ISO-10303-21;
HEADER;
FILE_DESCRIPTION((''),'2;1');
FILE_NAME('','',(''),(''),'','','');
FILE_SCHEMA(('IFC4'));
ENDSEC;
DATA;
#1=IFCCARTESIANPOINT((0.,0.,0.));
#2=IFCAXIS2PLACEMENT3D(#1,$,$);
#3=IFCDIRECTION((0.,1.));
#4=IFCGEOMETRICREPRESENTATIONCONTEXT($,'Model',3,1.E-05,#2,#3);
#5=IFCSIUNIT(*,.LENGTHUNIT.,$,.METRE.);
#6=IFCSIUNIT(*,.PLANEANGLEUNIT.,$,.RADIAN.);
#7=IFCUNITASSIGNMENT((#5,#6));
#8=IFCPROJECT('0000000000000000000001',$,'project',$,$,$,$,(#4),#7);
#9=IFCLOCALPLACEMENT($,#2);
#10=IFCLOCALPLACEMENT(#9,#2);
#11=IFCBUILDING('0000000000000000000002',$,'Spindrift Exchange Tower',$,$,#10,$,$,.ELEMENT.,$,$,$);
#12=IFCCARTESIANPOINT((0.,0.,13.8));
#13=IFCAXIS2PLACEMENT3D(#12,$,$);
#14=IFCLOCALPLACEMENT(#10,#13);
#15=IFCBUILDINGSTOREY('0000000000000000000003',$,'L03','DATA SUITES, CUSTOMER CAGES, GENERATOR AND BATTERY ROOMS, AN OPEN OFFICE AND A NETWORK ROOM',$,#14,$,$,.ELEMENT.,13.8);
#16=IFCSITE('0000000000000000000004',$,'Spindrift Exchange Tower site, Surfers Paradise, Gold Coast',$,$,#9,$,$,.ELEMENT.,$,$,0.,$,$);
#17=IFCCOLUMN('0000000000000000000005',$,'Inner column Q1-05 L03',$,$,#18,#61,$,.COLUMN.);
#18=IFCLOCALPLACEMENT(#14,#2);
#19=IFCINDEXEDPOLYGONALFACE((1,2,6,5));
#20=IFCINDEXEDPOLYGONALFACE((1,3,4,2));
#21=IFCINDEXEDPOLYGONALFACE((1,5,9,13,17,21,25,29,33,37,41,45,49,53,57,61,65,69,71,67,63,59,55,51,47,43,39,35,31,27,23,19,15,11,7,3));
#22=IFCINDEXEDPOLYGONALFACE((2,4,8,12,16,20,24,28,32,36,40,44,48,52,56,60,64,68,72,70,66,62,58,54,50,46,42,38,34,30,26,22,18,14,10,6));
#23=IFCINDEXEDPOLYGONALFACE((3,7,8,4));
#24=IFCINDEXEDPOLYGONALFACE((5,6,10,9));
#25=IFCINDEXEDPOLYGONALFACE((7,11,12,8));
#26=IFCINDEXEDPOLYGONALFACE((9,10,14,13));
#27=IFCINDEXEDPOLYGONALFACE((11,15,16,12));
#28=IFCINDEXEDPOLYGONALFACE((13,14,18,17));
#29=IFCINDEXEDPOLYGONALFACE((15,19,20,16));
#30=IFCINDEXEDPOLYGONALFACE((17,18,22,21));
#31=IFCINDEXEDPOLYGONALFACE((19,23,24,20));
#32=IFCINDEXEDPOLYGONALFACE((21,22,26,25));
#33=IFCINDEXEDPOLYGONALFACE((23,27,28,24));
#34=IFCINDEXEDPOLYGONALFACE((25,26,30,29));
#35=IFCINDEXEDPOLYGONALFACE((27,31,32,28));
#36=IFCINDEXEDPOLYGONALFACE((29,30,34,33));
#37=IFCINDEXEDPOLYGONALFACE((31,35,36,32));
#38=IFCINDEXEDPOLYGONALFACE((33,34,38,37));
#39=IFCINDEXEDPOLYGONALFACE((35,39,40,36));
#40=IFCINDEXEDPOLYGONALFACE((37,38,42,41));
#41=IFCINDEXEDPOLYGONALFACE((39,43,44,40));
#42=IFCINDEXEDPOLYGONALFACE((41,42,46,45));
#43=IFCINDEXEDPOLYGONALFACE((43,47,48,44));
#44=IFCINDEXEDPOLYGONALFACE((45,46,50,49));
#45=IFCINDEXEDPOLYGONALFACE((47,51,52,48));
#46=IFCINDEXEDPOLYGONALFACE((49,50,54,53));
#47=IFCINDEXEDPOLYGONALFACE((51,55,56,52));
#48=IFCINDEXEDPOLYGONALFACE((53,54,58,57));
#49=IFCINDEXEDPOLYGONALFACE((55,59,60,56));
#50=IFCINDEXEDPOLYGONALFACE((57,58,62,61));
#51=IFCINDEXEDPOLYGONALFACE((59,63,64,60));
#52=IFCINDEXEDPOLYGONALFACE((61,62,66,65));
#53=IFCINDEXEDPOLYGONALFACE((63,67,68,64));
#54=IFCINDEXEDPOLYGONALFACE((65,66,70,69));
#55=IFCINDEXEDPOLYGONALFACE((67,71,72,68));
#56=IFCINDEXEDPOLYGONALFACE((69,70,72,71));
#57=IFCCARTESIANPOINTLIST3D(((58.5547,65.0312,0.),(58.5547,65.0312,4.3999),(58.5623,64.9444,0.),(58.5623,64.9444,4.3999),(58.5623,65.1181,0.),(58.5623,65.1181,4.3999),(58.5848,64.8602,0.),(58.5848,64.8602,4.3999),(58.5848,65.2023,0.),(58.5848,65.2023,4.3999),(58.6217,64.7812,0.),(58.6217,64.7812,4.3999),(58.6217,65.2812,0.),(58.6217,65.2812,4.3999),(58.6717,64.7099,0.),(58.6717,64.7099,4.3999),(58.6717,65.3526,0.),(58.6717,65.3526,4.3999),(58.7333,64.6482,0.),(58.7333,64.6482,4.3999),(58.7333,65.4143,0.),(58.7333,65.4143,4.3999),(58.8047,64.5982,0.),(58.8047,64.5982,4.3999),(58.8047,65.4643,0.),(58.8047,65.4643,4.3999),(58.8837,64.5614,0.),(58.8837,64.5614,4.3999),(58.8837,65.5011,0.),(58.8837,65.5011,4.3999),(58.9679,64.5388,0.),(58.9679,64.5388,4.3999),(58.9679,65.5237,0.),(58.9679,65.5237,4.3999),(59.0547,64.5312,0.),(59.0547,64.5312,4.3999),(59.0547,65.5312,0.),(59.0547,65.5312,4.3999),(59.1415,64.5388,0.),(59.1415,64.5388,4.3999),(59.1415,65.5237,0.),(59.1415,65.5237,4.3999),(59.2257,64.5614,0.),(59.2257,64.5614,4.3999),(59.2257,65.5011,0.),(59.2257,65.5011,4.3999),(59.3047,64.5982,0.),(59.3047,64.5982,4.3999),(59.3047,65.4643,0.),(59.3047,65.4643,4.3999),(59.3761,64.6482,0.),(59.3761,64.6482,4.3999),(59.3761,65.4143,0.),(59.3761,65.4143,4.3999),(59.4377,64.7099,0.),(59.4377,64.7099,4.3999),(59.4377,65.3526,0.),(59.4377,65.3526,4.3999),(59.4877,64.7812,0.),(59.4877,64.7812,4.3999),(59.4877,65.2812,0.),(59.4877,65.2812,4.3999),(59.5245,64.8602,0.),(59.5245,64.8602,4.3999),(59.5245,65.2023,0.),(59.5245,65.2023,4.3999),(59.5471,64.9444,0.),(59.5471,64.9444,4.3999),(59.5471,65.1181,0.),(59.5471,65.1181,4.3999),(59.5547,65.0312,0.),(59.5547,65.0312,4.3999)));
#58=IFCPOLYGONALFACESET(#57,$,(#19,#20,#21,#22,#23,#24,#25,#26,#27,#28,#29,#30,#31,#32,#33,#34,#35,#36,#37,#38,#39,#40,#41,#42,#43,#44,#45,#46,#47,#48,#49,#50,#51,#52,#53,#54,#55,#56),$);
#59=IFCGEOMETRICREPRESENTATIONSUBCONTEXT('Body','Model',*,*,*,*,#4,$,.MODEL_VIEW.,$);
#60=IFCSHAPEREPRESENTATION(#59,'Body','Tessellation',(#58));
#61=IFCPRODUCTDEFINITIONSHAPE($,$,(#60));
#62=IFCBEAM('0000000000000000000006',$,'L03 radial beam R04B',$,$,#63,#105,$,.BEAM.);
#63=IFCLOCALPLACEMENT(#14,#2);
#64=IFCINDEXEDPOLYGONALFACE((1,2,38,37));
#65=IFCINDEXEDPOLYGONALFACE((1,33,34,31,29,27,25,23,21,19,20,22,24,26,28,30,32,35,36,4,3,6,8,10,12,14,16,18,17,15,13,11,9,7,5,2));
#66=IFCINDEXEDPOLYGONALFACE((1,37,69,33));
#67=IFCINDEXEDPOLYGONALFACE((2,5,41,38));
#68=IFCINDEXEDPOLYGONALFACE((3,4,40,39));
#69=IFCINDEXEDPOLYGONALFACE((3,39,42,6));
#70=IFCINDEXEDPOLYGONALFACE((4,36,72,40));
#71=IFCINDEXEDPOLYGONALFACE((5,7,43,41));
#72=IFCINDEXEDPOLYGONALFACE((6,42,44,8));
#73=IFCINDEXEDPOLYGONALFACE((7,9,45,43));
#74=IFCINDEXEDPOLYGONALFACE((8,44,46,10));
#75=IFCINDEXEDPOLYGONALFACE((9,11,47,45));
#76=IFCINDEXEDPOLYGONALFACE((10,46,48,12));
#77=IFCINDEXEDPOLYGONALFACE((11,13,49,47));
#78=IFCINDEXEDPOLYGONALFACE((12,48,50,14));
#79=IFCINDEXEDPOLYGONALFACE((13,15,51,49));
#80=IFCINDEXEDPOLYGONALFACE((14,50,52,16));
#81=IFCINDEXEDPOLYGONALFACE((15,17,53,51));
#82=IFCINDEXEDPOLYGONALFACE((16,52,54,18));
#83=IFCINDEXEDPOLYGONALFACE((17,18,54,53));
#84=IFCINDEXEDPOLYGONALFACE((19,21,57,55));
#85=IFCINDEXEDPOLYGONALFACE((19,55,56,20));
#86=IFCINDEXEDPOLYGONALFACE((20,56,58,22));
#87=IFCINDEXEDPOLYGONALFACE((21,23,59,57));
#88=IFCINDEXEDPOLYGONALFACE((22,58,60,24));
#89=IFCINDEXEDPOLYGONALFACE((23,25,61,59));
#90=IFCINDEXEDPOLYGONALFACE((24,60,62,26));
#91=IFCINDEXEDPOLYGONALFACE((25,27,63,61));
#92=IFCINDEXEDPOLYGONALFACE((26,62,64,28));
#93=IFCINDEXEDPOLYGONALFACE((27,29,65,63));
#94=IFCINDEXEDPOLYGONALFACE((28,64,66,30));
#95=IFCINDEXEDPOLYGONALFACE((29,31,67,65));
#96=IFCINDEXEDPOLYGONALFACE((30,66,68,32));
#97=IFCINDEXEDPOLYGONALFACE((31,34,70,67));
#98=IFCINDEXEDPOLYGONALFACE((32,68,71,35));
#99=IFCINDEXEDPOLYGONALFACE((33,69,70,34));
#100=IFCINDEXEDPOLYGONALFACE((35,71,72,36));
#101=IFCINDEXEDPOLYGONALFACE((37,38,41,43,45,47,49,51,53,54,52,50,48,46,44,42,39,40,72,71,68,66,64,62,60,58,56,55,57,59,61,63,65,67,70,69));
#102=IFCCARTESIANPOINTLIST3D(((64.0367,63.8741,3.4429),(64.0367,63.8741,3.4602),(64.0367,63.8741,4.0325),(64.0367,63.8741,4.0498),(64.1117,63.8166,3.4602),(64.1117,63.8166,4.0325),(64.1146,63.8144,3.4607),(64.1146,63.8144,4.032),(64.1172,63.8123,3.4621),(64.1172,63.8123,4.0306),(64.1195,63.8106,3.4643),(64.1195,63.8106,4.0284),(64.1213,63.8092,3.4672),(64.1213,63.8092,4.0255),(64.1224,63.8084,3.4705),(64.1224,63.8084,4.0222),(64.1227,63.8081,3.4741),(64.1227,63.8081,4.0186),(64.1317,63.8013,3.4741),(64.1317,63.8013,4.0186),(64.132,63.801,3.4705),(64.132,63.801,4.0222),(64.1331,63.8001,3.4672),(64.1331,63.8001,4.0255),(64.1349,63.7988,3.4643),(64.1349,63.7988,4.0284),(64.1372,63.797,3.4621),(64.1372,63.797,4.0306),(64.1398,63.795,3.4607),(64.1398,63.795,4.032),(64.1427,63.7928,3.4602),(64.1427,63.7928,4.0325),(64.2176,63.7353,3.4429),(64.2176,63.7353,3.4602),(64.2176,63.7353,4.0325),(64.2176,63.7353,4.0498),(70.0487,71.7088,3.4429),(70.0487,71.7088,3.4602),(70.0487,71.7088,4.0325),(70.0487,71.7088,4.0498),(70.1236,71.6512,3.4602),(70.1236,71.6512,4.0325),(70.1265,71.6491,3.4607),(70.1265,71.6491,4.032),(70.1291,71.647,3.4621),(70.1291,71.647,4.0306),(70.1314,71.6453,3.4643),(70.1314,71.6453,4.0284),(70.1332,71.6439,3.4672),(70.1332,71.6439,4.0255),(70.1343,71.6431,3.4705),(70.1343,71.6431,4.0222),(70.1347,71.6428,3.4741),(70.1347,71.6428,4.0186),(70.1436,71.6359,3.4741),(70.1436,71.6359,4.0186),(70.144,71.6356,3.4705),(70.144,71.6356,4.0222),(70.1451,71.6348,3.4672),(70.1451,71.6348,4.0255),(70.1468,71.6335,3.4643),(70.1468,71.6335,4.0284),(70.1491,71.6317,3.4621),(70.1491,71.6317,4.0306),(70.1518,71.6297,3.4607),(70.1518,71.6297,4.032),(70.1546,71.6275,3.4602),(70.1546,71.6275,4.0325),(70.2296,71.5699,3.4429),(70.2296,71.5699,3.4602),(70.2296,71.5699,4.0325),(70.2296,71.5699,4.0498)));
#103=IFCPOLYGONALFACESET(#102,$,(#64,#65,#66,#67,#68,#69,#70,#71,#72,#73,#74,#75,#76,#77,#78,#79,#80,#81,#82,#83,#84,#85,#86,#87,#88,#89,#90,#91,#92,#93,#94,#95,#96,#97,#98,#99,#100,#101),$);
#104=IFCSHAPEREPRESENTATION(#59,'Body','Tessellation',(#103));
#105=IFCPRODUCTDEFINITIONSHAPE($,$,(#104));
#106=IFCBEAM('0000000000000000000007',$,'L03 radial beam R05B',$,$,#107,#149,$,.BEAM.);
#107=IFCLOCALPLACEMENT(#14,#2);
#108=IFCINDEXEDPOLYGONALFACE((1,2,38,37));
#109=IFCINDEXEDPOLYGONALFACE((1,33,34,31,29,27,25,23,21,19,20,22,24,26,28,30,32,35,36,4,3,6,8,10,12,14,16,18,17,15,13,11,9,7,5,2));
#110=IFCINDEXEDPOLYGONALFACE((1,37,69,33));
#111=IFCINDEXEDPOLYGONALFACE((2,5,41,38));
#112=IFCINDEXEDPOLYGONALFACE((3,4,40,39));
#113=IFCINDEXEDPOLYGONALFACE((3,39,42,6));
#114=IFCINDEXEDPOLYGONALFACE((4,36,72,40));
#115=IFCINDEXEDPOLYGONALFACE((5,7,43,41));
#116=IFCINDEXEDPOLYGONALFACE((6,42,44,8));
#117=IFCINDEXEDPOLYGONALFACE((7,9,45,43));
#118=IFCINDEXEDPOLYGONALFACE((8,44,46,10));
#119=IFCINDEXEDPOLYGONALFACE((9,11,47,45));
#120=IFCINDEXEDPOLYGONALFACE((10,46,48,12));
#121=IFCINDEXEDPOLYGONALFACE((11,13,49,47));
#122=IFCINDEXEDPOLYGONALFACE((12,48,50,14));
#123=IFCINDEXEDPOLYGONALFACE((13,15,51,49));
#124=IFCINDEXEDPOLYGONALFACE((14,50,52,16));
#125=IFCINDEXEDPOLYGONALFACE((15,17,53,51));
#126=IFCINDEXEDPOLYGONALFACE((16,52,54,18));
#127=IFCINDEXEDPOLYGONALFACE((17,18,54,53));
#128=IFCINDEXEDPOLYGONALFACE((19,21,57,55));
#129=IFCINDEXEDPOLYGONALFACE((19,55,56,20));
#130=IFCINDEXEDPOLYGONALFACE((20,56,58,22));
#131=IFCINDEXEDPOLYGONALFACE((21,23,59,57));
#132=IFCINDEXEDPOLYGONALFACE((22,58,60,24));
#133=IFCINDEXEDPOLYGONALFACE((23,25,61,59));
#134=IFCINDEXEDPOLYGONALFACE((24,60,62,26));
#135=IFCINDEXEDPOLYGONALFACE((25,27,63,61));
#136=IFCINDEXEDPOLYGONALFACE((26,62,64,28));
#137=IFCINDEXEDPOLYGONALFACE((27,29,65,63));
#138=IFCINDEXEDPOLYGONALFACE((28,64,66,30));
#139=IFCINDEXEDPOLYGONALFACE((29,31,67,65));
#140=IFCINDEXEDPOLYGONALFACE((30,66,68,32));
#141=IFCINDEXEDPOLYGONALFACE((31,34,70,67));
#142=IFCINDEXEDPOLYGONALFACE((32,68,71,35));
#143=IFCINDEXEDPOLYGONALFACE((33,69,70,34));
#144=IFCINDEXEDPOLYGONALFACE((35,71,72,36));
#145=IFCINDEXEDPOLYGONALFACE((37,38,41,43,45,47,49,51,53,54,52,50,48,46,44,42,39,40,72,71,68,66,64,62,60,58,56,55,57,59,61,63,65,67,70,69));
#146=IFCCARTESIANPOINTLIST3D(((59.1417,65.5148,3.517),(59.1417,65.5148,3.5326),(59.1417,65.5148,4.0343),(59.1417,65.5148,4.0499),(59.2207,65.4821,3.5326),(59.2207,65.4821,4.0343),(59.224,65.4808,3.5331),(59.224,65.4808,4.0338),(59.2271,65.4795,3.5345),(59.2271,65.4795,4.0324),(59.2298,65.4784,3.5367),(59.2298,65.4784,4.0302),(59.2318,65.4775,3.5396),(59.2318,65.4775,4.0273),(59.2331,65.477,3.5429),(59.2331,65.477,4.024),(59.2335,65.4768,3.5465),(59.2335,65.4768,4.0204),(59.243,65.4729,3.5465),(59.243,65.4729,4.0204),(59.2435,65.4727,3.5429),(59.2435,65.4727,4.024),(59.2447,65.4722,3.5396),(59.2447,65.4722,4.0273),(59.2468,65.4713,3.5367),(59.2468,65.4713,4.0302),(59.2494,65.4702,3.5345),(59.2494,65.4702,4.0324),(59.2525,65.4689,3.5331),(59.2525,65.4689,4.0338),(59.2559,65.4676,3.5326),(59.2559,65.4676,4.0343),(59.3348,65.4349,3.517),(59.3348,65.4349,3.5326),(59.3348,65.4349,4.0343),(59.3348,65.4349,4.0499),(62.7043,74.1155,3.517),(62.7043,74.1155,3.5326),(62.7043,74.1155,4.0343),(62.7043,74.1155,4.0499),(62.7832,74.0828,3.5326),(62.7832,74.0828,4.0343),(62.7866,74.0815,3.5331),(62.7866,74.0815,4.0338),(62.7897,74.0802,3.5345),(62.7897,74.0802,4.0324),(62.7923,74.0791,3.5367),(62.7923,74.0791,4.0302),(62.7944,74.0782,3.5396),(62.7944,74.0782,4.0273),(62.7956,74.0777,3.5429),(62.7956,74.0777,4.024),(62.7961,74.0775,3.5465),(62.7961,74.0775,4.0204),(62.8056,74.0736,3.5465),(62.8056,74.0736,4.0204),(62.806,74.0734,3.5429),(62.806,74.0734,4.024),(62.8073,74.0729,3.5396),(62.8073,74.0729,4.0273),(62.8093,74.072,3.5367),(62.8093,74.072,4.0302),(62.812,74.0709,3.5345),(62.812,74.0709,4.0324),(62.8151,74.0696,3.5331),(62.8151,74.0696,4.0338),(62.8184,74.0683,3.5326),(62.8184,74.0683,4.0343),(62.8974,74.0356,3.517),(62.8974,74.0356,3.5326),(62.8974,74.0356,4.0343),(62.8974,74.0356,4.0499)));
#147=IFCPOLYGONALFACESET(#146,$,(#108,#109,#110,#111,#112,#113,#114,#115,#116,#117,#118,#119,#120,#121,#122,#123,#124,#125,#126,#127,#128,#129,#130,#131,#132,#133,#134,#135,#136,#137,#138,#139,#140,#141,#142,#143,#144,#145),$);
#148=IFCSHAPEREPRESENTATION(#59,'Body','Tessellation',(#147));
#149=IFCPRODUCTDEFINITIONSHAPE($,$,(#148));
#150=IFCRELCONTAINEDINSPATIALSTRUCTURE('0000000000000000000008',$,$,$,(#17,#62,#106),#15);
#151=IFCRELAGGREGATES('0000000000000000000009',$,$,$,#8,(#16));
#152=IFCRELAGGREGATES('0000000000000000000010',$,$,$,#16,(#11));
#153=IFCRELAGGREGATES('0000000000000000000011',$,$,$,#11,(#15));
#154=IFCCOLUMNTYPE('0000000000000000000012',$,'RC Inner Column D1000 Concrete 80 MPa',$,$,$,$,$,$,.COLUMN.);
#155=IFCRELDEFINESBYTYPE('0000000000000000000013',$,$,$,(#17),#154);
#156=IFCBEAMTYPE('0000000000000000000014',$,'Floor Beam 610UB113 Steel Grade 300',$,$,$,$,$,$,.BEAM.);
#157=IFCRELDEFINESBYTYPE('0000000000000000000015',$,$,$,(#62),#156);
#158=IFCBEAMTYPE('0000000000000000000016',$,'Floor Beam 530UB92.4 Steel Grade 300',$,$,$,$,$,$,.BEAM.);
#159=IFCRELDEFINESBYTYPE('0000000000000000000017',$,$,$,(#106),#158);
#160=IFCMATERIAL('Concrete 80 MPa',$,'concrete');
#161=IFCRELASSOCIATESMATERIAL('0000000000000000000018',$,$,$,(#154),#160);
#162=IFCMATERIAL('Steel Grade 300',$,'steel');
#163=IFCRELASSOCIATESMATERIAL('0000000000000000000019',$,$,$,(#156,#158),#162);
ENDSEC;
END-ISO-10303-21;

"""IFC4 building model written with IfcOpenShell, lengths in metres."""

from ifc_helpers import new_model, si_unit, direction, frame, origin, origin_2d, place, context, subcontext, project, spatial, circle, i_section, extrude, source, transform, mapped, material, material_profile, profile_set, type_object, element, save


model = new_model("IFC4")

# Units and contexts
model_context = context("Model", 3, precision=1e-05, world=origin(), true_north=direction((0.0, 1.0)))
body_context = subcontext(model_context, "Body", "Model", "MODEL_VIEW")
ifc_project = project(units=[si_unit("LENGTHUNIT", "METRE"), si_unit("PLANEANGLEUNIT", "RADIAN")], contexts=[model_context])

# Site, building, storey
site_placement = place(None, origin())
site = spatial("IfcSite", under=ifc_project, at=site_placement, Name="Spindrift Exchange Tower site, Surfers Paradise, Gold Coast", CompositionType="ELEMENT", RefElevation=0.0)
building_placement = place(site_placement, origin())
building = spatial("IfcBuilding", under=site, at=building_placement, Name="Spindrift Exchange Tower", CompositionType="ELEMENT")
storey_placement = place(building_placement, frame((0.0, 0.0, 13.8)))
storey = spatial("IfcBuildingStorey", under=building, at=storey_placement, Name="L03", Description="DATA SUITES, CUSTOMER CAGES, GENERATOR AND BATTERY ROOMS, AN OPEN OFFICE AND A NETWORK ROOM", CompositionType="ELEMENT", Elevation=13.8)

# Column
ifc_material_1 = material(Name="Concrete 80 MPa", Category="concrete")
ifc_material_profile_1 = material_profile(ifc_material_1, circle(Radius=0.5, at=origin_2d()), Name="RC D1000")
ifc_profile_set_1 = profile_set([ifc_material_profile_1], Name="Concrete 80 MPa")
column_type_1 = type_object("IfcColumnType", Name="RC Inner Column D1000 Concrete 80 MPa", PredefinedType="COLUMN", material=ifc_profile_set_1)
shared_shape_1 = source(origin(), body_context, "Body", "SweptSolid", [
    extrude(circle(Radius=0.5, at=origin_2d()), origin(), (0.0, 0.0, 1.0), 4.3999),
])
column_placement = place(storey_placement, frame((59.0547, 65.0312, 0.0), z_axis=(0.0, 0.0, 1.0), x_axis=(1.0, 0.0, 0.0)))
element("IfcColumn", 1, at=column_placement, inside=storey, type_object=column_type_1, Name="Inner column Q1-05 L03", PredefinedType="COLUMN", context=body_context, shape_type="MappedRepresentation", body=[
    mapped(shared_shape_1, transform((0.0, 0.0, 0.0), scale=1.0)),
])

# Beams
ifc_material_2 = material(Name="Steel Grade 300", Category="steel")
ifc_material_profile_2 = material_profile(ifc_material_2, i_section(OverallWidth=0.228, OverallDepth=0.6069, WebThickness=0.0112, FlangeThickness=0.0173, FilletRadius=0.0139, at=origin_2d()), Name="610UB113")
ifc_profile_set_2 = profile_set([ifc_material_profile_2], Name="Steel Grade 300")
beam_type_1 = type_object("IfcBeamType", Name="Floor Beam 610UB113 Steel Grade 300", PredefinedType="BEAM", material=ifc_profile_set_2)
shared_shape_2 = source(origin(), body_context, "Body", "SweptSolid", [
    extrude(i_section(OverallWidth=0.228, OverallDepth=0.6069, WebThickness=0.0112, FlangeThickness=0.0173, FilletRadius=0.0139, at=origin_2d()), origin(), (0.0, 0.0, 1.0), 9.8755),
])
beam_1_placement = place(storey_placement, frame((64.1272, 63.8047, 3.7463), z_axis=(0.608772, 0.793345, 0.0), x_axis=(-0.793345, 0.608772, 0.0)))
element("IfcBeam", 2, at=beam_1_placement, inside=storey, type_object=beam_type_1, Name="L03 radial beam R04B", PredefinedType="BEAM", context=body_context, shape_type="MappedRepresentation", body=[
    mapped(shared_shape_2, transform((0.0, 0.0, 0.0), scale=1.0)),
])
ifc_material_profile_3 = material_profile(ifc_material_2, i_section(OverallWidth=0.209, OverallDepth=0.533, WebThickness=0.0103, FlangeThickness=0.0156, FilletRadius=0.0139, at=origin_2d()), Name="530UB92.4")
ifc_profile_set_3 = profile_set([ifc_material_profile_3], Name="Steel Grade 300")
beam_type_2 = type_object("IfcBeamType", Name="Floor Beam 530UB92.4 Steel Grade 300", PredefinedType="BEAM", material=ifc_profile_set_3)
shared_shape_3 = source(origin(), body_context, "Body", "SweptSolid", [
    extrude(i_section(OverallWidth=0.209, OverallDepth=0.533, WebThickness=0.0103, FlangeThickness=0.0156, FilletRadius=0.0139, at=origin_2d()), origin(), (0.0, 0.0, 1.0), 9.3093),
])
beam_2_placement = place(storey_placement, frame((59.2383, 65.4749, 3.7834), z_axis=(0.382685, 0.923879, 0.0), x_axis=(-0.923879, 0.382685, 0.0)))
element("IfcBeam", 3, at=beam_2_placement, inside=storey, type_object=beam_type_2, Name="L03 radial beam R05B", PredefinedType="BEAM", context=body_context, shape_type="MappedRepresentation", body=[
    mapped(shared_shape_3, transform((0.0, 0.0, 0.0), scale=1.0)),
])

save(model, "model.ifc")
